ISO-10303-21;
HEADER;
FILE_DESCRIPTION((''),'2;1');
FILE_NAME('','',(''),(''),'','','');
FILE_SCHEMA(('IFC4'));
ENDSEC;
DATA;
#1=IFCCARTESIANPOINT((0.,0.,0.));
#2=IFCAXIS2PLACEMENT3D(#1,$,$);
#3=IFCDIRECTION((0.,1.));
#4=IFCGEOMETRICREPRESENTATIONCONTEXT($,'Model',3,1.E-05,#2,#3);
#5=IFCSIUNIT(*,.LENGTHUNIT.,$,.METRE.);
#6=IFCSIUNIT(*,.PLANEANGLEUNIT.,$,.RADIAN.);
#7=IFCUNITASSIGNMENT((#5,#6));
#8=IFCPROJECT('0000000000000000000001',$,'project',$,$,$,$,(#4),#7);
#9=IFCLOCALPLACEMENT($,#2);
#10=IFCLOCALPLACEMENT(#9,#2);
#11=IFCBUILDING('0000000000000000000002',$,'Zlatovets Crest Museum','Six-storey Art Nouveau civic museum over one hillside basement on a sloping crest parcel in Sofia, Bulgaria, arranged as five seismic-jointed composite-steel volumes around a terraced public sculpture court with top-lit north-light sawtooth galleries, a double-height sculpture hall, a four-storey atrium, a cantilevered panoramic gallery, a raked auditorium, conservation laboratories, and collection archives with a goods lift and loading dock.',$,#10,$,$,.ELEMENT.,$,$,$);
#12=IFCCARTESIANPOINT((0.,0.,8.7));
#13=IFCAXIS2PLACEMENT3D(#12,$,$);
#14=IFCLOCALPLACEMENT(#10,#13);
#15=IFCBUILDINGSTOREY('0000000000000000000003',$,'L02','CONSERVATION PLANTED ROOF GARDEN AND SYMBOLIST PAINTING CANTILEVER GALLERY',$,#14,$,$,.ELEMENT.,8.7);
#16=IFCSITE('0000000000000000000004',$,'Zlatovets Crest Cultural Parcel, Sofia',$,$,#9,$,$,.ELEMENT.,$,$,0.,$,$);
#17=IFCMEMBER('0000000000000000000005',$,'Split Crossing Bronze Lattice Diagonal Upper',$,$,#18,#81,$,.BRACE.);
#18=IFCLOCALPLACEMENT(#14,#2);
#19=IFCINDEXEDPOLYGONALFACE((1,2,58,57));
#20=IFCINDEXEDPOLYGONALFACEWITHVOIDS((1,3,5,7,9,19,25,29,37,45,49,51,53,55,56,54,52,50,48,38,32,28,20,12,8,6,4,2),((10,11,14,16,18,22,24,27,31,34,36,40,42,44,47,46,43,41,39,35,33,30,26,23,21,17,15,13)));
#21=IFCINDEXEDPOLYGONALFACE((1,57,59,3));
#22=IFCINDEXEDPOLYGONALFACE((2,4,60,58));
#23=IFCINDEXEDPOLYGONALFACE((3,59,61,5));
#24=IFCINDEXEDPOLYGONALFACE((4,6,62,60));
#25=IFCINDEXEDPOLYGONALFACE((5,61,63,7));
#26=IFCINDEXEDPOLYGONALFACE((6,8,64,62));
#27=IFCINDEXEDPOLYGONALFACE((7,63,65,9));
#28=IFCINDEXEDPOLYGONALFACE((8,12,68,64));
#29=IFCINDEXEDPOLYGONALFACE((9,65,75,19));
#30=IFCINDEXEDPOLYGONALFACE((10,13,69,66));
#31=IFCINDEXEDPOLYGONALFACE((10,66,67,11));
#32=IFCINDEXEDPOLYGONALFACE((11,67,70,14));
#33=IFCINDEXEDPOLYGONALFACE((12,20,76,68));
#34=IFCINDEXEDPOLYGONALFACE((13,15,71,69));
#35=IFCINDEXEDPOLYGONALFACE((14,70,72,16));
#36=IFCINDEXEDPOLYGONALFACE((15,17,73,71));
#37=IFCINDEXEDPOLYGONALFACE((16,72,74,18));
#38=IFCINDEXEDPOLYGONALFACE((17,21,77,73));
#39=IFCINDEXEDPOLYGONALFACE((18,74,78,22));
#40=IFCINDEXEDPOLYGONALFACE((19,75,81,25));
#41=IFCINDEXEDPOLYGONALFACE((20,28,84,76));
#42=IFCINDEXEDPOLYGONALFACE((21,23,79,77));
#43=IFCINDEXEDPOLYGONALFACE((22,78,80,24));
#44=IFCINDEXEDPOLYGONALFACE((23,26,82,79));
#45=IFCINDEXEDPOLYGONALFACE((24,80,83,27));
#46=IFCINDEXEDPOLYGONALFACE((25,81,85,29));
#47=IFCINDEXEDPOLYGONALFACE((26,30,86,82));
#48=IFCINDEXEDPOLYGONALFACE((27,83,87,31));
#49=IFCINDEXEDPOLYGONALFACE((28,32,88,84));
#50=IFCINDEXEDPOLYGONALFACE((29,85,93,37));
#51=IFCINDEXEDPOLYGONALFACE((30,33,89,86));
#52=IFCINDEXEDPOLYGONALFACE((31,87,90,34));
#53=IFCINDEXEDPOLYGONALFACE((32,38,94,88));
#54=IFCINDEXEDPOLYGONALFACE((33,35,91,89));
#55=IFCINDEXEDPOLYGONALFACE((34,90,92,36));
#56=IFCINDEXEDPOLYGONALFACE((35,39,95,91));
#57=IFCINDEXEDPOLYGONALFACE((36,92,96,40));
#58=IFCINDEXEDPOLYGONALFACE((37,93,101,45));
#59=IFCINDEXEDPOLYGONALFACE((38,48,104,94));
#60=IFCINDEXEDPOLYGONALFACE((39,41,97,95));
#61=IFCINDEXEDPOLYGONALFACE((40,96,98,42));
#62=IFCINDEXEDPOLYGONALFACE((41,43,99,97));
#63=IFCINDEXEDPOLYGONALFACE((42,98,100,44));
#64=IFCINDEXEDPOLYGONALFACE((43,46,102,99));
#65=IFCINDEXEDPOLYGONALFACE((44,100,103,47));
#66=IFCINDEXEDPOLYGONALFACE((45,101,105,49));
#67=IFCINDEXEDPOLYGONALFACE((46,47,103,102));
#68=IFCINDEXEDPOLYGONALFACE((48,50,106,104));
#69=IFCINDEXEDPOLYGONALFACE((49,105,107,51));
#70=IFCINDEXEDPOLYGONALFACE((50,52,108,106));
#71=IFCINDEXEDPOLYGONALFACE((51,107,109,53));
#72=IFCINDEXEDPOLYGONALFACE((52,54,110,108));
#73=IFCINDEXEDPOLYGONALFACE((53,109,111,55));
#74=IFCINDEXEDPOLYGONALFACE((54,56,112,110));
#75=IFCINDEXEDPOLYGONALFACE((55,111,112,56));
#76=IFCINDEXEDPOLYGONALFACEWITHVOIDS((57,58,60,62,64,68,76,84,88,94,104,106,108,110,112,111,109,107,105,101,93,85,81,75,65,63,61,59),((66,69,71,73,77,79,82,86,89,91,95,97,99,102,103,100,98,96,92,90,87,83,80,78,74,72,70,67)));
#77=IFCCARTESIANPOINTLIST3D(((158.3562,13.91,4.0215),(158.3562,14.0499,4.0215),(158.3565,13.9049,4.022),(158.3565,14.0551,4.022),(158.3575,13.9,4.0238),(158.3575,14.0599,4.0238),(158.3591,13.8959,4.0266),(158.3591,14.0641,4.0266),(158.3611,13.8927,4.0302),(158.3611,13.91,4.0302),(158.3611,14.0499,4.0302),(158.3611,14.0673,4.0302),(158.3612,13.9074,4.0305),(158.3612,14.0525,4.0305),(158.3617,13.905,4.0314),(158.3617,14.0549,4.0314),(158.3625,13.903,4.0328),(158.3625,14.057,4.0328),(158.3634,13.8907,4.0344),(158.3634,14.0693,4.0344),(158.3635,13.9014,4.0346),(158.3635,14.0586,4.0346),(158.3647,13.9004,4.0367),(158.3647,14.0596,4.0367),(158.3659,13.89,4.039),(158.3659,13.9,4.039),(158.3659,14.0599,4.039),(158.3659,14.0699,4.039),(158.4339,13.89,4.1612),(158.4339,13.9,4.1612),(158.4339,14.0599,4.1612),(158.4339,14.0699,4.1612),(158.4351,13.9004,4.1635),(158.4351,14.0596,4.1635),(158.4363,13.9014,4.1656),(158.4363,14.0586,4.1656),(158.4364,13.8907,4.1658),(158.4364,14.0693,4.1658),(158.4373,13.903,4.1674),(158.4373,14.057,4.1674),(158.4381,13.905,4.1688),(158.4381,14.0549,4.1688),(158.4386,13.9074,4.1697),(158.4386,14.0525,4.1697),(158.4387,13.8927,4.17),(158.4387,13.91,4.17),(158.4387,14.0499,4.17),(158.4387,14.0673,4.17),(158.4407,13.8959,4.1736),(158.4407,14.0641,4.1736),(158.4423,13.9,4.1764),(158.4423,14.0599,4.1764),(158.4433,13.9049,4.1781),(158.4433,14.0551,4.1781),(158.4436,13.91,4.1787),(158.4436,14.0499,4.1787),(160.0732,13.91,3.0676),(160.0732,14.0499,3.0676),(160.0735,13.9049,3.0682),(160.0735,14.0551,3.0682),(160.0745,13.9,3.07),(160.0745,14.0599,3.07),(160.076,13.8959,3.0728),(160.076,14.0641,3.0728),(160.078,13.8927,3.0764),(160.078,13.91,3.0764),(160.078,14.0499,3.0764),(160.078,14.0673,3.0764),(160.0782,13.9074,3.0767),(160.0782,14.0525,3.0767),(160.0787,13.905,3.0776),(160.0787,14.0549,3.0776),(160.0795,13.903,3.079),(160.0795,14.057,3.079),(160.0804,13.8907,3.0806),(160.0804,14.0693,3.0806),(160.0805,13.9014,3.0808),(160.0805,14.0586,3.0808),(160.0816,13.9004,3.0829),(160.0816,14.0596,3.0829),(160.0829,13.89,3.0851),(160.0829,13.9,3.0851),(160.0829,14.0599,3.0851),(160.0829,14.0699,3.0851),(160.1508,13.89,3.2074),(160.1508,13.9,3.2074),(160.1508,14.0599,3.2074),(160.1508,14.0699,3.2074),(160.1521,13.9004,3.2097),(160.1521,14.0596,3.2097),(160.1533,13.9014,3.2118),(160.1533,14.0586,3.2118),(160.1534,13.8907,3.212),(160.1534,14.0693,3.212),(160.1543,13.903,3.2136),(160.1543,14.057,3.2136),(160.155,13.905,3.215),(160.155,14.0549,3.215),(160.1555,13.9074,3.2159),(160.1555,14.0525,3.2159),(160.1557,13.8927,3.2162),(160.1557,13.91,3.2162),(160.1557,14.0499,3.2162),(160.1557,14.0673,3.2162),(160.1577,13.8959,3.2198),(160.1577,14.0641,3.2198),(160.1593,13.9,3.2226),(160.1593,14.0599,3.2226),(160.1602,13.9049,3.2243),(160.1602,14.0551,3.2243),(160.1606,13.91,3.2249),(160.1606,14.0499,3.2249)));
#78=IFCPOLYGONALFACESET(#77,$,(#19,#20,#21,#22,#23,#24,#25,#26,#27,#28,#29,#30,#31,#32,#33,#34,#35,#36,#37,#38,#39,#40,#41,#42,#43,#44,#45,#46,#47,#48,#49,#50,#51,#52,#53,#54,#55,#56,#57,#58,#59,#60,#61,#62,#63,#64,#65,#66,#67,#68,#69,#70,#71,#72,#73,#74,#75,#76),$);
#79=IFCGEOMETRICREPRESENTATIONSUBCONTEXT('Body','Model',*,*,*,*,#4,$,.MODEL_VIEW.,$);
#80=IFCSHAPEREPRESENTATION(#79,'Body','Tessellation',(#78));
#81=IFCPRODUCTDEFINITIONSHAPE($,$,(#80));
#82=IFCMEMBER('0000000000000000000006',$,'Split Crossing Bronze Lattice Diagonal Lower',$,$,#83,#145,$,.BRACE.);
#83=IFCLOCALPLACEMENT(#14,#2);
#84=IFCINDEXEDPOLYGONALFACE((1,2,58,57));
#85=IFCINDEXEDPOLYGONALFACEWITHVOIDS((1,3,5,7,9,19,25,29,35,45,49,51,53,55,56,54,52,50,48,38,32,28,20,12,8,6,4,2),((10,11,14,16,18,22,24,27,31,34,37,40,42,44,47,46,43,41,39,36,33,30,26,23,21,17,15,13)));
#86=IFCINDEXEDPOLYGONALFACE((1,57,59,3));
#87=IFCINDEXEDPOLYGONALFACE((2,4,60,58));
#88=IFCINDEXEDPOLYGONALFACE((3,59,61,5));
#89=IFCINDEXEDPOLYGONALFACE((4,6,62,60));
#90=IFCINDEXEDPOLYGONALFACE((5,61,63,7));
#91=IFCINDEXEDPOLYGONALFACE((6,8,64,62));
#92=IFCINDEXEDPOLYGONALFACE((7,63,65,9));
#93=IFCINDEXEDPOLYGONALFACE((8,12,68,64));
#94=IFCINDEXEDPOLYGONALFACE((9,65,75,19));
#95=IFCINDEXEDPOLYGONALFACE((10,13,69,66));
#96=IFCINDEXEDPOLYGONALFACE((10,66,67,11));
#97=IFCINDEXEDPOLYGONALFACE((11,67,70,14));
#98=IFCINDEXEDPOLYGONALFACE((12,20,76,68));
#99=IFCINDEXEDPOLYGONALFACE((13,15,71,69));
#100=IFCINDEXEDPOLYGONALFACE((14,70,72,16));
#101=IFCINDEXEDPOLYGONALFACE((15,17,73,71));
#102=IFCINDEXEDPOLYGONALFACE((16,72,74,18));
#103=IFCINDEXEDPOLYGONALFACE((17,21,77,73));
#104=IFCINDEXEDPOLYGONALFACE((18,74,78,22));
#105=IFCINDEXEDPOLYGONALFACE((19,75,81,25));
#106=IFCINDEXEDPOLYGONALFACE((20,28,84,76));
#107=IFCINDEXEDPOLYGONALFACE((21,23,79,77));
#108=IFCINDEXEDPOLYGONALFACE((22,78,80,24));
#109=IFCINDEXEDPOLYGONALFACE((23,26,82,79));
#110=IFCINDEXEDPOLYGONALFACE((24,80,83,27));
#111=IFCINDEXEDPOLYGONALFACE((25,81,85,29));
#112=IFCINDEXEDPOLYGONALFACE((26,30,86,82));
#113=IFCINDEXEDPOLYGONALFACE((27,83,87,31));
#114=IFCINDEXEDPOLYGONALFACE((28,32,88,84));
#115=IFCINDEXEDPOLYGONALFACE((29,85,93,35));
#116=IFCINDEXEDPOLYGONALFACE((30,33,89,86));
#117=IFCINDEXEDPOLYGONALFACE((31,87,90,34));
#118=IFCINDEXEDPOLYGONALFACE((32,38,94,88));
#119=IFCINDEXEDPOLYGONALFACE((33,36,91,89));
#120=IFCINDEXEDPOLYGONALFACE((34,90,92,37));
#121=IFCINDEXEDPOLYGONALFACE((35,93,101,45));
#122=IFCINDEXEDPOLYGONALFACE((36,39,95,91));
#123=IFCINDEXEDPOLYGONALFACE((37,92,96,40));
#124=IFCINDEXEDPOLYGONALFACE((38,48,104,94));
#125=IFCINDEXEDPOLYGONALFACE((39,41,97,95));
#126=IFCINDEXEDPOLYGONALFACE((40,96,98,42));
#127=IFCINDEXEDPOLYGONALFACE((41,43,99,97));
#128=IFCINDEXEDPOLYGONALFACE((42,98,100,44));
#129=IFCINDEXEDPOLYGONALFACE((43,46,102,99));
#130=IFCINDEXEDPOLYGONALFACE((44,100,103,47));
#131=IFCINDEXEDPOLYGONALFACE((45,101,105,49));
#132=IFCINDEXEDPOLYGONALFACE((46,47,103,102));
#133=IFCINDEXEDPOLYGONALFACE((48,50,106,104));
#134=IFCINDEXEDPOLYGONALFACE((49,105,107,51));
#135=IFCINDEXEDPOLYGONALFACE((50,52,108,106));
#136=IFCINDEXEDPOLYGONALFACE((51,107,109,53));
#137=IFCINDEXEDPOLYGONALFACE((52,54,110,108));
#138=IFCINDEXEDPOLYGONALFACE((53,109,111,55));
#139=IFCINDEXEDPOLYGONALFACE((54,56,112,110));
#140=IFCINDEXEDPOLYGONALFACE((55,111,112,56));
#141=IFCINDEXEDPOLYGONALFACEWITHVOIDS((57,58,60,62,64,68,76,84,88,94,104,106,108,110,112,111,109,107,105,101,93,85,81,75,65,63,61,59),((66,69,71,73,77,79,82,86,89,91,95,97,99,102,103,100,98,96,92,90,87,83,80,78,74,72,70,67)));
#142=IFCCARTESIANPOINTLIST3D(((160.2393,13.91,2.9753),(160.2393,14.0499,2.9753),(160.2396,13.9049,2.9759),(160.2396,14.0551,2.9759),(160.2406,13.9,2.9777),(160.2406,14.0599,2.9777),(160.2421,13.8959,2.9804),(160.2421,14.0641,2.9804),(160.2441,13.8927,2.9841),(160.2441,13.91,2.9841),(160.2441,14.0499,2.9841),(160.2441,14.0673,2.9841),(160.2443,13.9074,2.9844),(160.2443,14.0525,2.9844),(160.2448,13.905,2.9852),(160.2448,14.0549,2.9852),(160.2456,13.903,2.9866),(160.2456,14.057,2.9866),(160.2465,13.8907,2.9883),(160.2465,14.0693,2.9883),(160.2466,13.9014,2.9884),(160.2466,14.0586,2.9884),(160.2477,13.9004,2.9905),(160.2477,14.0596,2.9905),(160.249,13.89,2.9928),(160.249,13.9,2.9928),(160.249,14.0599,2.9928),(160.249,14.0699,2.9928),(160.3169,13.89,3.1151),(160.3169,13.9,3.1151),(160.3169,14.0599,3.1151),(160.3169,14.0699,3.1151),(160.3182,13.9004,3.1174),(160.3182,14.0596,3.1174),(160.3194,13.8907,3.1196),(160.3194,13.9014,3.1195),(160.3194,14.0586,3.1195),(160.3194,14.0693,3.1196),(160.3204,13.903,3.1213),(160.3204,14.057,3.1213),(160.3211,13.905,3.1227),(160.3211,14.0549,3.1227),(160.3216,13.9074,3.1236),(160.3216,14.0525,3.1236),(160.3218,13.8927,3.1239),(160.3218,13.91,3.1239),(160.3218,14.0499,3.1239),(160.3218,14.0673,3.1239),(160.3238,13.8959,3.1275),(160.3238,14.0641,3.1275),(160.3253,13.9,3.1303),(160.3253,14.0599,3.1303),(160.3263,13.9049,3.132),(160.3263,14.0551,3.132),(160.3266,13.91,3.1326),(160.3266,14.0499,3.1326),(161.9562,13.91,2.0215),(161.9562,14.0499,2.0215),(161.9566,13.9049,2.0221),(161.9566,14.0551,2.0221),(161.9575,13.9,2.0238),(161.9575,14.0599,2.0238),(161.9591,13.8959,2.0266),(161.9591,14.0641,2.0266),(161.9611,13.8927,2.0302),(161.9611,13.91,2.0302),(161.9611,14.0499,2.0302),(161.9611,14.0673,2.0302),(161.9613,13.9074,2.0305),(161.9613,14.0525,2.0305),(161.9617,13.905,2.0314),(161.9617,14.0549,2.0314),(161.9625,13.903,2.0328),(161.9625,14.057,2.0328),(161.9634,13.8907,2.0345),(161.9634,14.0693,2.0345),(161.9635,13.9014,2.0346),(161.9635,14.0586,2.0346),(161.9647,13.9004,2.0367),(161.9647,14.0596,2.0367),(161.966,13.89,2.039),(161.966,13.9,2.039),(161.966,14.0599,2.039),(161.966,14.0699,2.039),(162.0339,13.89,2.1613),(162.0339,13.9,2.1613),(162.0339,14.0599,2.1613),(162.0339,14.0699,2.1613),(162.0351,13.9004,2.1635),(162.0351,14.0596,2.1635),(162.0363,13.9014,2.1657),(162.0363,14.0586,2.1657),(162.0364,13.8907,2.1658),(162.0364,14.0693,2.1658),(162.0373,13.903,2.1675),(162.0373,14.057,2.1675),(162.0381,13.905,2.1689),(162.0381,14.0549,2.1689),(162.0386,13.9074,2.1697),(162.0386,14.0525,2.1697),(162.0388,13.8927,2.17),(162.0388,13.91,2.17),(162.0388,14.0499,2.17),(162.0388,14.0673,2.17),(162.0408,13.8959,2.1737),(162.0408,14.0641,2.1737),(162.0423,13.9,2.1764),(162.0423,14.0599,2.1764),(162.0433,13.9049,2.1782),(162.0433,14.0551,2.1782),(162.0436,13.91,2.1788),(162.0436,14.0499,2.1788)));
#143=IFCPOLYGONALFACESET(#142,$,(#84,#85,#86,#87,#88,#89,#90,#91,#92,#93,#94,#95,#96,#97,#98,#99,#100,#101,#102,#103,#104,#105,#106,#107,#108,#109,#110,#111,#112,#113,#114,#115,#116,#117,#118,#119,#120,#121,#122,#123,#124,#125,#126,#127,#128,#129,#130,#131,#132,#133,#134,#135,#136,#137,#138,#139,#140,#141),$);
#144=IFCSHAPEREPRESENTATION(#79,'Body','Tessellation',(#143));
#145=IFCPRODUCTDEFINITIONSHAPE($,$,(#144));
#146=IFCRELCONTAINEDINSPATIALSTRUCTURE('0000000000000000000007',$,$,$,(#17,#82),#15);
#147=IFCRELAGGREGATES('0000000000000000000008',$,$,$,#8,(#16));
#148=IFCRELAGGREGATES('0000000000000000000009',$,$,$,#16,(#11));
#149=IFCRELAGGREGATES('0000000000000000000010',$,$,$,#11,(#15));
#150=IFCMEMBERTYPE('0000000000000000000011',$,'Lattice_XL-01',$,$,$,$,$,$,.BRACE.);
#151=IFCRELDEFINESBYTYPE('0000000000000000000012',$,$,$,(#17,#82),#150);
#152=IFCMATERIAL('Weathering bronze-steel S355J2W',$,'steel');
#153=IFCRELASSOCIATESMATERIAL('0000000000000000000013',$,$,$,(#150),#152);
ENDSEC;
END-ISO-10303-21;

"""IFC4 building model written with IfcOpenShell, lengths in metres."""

from ifc_helpers import new_model, si_unit, direction, frame, origin, origin_2d, place, context, subcontext, project, spatial, hollow_rectangle, extrude, material, material_profile, profile_set, type_object, element, save


model = new_model("IFC4")

# Units and contexts
model_context = context("Model", 3, precision=1e-05, world=origin(), true_north=direction((0.0, 1.0)))
body_context = subcontext(model_context, "Body", "Model", "MODEL_VIEW")
ifc_project = project(units=[si_unit("LENGTHUNIT", "METRE"), si_unit("PLANEANGLEUNIT", "RADIAN")], contexts=[model_context])

# Site, building, storey
site_placement = place(None, origin())
site = spatial("IfcSite", under=ifc_project, at=site_placement, Name="Zlatovets Crest Cultural Parcel, Sofia", CompositionType="ELEMENT", RefElevation=0.0)
building_placement = place(site_placement, origin())
building = spatial("IfcBuilding", under=site, at=building_placement, Name="Zlatovets Crest Museum", Description="Six-storey Art Nouveau civic museum over one hillside basement on a sloping crest parcel in Sofia, Bulgaria, arranged as five seismic-jointed composite-steel volumes around a terraced public sculpture court with top-lit north-light sawtooth galleries, a double-height sculpture hall, a four-storey atrium, a cantilevered panoramic gallery, a raked auditorium, conservation laboratories, and collection archives with a goods lift and loading dock.", CompositionType="ELEMENT")
storey_placement = place(building_placement, frame((0.0, 0.0, 8.7)))
storey = spatial("IfcBuildingStorey", under=building, at=storey_placement, Name="L02", Description="CONSERVATION PLANTED ROOF GARDEN AND SYMBOLIST PAINTING CANTILEVER GALLERY", CompositionType="ELEMENT", Elevation=8.7)

# Members
ifc_material_1 = material(Name="Weathering bronze-steel S355J2W", Category="steel")
ifc_material_profile_1 = material_profile(ifc_material_1, hollow_rectangle(XDim=0.1799, YDim=0.1799, WallThickness=0.01, InnerFilletRadius=0.01, OuterFilletRadius=0.02, at=origin_2d()), Name="SHS 180x180x10.0")
ifc_profile_set_1 = profile_set([ifc_material_profile_1], Name="Weathering bronze-steel S355J2W")
member_type_1 = type_object("IfcMemberType", Name="Lattice_XL-01", PredefinedType="BRACE", material=ifc_profile_set_1)
for number, where, z_axis, x_axis, name in (
    (1, (158.3999, 13.98, 4.1001), (0.874169, 0.0, -0.485622), (0.0, 1.0, 0.0), "Split Crossing Bronze Lattice Diagonal Upper"),
    (2, (160.283, 13.98, 3.054), (0.874169, 0.0, -0.485622), (0.0, 1.0, 0.0), "Split Crossing Bronze Lattice Diagonal Lower"),
):
    element("IfcMember", number, at=place(storey_placement, frame(where, z_axis=z_axis, x_axis=x_axis)), inside=storey, type_object=member_type_1, Name=name, PredefinedType="BRACE", context=body_context, shape_type="SweptSolid", body=[
        extrude(hollow_rectangle(XDim=0.1799, YDim=0.1799, WallThickness=0.01, InnerFilletRadius=0.01, OuterFilletRadius=0.02, at=origin_2d()), origin(), (0.0, 0.0, 1.0), 1.9641),
    ])

save(model, "model.ifc")
